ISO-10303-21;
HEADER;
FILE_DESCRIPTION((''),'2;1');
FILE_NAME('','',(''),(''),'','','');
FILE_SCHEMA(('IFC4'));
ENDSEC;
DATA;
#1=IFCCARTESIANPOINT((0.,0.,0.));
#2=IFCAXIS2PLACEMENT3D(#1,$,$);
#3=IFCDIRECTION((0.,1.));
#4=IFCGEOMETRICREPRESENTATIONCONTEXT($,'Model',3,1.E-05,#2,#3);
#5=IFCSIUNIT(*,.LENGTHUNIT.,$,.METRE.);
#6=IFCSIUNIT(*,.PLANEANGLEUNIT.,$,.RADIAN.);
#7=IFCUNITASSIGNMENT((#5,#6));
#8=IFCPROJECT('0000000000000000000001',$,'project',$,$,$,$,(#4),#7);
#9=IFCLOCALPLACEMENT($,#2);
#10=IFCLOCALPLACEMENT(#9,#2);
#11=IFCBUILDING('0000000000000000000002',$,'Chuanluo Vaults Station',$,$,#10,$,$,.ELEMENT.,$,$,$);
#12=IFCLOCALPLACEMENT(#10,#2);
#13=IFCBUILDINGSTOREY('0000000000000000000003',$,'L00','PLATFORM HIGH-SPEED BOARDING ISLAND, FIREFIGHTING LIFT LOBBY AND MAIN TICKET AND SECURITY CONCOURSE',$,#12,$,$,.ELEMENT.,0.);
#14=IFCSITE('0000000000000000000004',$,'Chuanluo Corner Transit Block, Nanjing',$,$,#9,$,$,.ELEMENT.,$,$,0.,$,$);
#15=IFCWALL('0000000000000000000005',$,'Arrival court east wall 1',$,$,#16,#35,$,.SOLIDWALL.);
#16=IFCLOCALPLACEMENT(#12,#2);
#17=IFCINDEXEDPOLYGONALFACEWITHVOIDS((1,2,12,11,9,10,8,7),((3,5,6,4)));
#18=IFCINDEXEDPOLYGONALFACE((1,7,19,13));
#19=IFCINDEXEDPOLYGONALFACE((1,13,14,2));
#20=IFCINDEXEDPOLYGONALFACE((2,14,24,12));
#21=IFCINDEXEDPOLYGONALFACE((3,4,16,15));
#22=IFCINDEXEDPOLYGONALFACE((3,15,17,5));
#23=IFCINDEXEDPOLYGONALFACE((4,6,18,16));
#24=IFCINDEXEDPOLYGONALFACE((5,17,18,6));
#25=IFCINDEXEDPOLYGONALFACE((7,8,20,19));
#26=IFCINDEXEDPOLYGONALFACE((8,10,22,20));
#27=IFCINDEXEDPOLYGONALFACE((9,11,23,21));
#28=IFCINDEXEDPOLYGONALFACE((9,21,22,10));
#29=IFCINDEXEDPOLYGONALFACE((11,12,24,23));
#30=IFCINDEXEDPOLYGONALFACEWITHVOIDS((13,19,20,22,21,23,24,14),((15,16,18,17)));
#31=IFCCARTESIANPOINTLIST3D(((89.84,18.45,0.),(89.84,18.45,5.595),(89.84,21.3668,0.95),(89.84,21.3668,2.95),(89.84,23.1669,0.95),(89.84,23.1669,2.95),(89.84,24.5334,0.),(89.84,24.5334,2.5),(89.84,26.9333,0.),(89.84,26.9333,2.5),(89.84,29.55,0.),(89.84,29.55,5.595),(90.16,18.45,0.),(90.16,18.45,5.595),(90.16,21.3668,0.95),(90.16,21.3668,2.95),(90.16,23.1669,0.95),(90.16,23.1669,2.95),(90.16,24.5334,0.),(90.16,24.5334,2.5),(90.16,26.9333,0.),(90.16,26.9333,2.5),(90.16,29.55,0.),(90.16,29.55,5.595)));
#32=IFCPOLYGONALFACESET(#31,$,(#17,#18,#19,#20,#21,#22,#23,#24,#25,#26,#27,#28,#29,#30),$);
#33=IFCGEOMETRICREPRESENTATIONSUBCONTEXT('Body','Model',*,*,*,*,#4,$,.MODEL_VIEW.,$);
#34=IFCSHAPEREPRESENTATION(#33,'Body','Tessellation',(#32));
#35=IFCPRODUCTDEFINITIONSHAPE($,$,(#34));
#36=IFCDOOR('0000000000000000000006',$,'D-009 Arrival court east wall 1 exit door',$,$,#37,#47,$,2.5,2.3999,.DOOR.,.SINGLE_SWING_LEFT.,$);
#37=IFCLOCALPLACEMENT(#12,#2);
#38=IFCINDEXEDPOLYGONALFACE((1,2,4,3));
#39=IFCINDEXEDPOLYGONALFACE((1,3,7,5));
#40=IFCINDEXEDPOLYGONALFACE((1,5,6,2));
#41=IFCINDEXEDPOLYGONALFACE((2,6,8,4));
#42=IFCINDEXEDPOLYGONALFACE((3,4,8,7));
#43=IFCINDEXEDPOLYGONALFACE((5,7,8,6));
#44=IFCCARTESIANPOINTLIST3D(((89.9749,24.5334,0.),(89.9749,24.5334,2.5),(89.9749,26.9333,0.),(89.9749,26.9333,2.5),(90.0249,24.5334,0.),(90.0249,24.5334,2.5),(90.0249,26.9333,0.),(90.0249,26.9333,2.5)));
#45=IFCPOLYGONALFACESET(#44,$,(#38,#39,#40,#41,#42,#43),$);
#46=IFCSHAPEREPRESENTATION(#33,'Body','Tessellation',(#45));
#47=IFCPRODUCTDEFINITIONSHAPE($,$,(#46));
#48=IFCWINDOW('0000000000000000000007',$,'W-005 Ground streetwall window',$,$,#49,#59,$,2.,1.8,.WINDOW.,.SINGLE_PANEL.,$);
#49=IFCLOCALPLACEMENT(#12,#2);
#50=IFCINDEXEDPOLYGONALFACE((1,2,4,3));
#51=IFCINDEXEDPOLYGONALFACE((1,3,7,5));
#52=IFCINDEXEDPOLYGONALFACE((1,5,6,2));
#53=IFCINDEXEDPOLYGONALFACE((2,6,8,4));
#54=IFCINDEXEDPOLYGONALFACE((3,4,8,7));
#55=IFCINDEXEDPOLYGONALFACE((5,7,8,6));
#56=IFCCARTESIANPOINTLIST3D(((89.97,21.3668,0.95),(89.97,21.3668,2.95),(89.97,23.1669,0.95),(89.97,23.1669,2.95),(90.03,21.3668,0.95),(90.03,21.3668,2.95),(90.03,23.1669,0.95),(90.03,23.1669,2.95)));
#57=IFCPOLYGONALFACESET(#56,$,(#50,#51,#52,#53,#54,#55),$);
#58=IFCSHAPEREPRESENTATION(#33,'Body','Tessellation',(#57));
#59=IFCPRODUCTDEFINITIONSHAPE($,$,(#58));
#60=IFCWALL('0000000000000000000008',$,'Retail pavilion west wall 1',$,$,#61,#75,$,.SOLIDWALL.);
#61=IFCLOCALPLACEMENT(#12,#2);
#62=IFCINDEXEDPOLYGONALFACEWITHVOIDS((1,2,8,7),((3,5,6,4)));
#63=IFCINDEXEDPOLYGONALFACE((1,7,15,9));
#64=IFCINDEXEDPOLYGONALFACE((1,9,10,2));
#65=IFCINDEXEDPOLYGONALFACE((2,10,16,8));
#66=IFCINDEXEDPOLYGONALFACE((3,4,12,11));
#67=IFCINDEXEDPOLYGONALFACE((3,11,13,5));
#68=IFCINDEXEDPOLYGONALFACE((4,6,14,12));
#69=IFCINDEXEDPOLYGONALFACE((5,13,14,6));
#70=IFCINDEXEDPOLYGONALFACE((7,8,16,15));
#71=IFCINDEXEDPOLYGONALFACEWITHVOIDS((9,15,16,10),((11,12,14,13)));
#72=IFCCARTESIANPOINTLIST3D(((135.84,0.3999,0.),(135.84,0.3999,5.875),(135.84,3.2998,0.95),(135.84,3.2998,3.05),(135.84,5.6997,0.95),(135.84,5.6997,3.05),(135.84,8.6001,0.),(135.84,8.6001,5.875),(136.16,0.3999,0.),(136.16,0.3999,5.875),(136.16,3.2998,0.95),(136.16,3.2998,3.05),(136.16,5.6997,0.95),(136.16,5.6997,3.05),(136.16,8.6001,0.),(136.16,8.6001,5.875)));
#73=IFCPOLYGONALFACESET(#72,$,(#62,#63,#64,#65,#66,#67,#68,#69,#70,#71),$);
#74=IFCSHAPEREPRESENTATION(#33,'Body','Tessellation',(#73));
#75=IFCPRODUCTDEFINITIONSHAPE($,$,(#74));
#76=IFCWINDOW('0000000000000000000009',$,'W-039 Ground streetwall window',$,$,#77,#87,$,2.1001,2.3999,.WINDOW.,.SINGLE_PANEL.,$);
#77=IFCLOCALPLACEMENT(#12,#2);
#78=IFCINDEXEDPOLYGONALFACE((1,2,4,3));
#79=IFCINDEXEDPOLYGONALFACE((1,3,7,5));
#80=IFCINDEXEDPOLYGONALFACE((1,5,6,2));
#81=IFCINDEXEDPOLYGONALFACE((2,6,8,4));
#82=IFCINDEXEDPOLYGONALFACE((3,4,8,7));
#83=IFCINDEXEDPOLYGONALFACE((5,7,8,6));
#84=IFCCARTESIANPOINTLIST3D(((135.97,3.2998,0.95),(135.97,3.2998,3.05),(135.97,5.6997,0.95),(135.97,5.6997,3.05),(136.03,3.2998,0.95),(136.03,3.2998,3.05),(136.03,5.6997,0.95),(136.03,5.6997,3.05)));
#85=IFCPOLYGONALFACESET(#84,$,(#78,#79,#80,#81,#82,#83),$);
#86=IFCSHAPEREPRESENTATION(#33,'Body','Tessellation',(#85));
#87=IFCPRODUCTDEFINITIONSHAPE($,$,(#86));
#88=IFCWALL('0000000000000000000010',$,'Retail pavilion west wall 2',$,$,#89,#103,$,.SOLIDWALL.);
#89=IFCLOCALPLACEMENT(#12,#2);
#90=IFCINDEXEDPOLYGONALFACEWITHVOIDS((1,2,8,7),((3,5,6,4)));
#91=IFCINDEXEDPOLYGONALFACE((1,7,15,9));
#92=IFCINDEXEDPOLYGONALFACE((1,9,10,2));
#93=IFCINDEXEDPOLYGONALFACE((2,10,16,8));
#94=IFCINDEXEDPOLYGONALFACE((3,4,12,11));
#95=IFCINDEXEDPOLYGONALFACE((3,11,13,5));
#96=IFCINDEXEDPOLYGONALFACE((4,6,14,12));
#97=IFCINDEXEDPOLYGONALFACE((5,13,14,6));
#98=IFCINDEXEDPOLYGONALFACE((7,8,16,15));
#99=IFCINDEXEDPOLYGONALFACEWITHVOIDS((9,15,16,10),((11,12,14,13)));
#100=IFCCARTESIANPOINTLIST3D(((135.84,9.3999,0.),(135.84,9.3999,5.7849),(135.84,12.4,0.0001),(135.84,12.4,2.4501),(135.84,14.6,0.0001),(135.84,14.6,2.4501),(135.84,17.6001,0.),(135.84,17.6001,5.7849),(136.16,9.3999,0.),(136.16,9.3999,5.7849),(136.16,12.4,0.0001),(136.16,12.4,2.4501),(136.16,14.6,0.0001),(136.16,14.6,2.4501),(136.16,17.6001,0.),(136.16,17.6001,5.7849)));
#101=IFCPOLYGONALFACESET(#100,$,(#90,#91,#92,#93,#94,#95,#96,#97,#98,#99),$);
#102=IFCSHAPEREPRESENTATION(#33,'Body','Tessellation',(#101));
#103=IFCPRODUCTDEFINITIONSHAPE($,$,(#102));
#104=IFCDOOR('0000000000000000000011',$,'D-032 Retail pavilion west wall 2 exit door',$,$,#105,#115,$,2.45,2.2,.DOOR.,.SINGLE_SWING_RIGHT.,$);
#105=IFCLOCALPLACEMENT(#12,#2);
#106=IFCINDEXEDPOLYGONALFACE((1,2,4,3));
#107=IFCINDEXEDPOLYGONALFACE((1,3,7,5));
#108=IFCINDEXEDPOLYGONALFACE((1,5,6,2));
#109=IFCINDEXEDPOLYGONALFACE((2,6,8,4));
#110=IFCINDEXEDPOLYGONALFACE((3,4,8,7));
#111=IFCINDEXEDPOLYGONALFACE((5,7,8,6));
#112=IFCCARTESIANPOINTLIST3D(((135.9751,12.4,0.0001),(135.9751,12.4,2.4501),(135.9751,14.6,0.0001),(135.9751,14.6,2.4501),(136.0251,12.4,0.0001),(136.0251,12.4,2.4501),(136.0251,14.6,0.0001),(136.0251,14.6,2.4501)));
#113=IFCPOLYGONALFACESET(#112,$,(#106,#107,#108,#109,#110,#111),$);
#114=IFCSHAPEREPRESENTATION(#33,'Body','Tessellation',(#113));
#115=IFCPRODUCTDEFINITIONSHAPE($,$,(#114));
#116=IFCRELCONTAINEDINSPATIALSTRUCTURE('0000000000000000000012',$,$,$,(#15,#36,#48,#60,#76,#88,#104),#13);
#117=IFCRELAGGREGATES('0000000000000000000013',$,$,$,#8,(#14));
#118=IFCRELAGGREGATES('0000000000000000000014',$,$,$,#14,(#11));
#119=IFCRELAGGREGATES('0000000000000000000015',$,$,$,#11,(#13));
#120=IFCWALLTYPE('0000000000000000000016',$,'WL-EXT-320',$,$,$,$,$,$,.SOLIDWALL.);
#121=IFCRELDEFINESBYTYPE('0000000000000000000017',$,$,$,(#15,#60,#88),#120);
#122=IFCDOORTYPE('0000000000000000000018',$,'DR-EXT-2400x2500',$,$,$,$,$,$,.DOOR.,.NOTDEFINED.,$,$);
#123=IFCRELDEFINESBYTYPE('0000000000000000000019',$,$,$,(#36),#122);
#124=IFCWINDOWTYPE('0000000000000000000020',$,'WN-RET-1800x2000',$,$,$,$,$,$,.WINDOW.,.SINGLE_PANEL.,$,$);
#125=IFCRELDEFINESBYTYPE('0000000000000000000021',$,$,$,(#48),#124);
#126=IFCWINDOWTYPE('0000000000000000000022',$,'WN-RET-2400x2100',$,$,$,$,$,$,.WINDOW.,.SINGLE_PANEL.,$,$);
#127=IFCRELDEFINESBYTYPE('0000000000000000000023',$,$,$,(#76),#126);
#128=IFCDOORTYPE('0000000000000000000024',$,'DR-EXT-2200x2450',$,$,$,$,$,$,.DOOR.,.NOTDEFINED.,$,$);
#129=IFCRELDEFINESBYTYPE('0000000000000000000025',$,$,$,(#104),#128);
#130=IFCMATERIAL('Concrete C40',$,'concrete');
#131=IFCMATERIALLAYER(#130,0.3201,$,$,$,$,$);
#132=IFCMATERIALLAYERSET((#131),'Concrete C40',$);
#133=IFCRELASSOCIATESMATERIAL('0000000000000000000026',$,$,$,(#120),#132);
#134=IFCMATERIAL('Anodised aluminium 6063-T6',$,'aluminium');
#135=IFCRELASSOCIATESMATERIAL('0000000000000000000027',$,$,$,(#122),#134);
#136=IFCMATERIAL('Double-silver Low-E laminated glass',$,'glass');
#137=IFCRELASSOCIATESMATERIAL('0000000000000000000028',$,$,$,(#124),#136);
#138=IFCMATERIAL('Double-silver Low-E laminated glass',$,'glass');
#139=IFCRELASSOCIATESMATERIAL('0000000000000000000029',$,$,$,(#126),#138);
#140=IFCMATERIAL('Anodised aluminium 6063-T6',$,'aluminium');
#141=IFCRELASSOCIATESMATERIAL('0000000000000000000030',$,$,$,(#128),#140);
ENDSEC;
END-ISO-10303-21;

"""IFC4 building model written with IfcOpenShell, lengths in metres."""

from ifc_helpers import new_model, si_unit, direction, frame, frame_2d, origin, place, context, subcontext, project, spatial, rectangle, extrude, material, layer, layer_set, type_object, element, fill, save


model = new_model("IFC4")

# Units and contexts
model_context = context("Model", 3, precision=1e-05, world=origin(), true_north=direction((0.0, 1.0)))
body_context = subcontext(model_context, "Body", "Model", "MODEL_VIEW")
ifc_project = project(units=[si_unit("LENGTHUNIT", "METRE"), si_unit("PLANEANGLEUNIT", "RADIAN")], contexts=[model_context])

# Site, building, storey
site_placement = place(None, origin())
site = spatial("IfcSite", under=ifc_project, at=site_placement, Name="Chuanluo Corner Transit Block, Nanjing", CompositionType="ELEMENT", RefElevation=0.0)
building_placement = place(site_placement, origin())
building = spatial("IfcBuilding", under=site, at=building_placement, Name="Chuanluo Vaults Station", CompositionType="ELEMENT")
storey_placement = place(building_placement, origin())
storey = spatial("IfcBuildingStorey", under=building, at=storey_placement, Name="L00", Description="PLATFORM HIGH-SPEED BOARDING ISLAND, FIREFIGHTING LIFT LOBBY AND MAIN TICKET AND SECURITY CONCOURSE", CompositionType="ELEMENT", Elevation=0.0)

# Wall, openings, door, window
ifc_material_1 = material(Name="Concrete C40", Category="concrete")
ifc_layer = layer(ifc_material_1, 0.3201)
ifc_layer_set = layer_set([ifc_layer], Name="Concrete C40")
wall_type = type_object("IfcWallType", Name="WL-EXT-320", PredefinedType="SOLIDWALL", material=ifc_layer_set)
wall_1_placement = place(storey_placement, frame((90.0, 29.55, 0.0), z_axis=(0.0, 0.0, 1.0), x_axis=(0.0, -1.0, 0.0)))
wall_1 = element("IfcWall", 1, at=wall_1_placement, inside=storey, type_object=wall_type, Name="Arrival court east wall 1", PredefinedType="SOLIDWALL", context=body_context, shape_type="SweptSolid", body=[
    extrude(rectangle(XDim=11.1001, YDim=0.3201, at=frame_2d((5.55, 0.0))), origin(), (0.0, 0.0, 1.0), 5.595),
])
opening_1_placement = place(wall_1_placement, frame((2.6167, 0.0, 0.0)))
opening_1 = element("IfcOpeningElement", 2, at=opening_1_placement, cuts=wall_1, PredefinedType="OPENING", context=body_context, shape_type="SweptSolid", body=[
    extrude(rectangle(XDim=2.3999, YDim=2.5, at=frame_2d((1.2, 1.25))), frame((0.0, 0.1702, 0.0), z_axis=(0.0, -1.0, 0.0), x_axis=(1.0, 0.0, 0.0)), (0.0, 0.0, 1.0), 0.3401),
])
opening_2_placement = place(wall_1_placement, frame((6.3833, 0.0, 0.95)))
opening_2 = element("IfcOpeningElement", 3, at=opening_2_placement, cuts=wall_1, PredefinedType="OPENING", context=body_context, shape_type="SweptSolid", body=[
    extrude(rectangle(XDim=1.8, YDim=2.0, at=frame_2d((0.8999, 1.0))), frame((0.0, 0.1702, 0.0), z_axis=(0.0, -1.0, 0.0), x_axis=(1.0, 0.0, 0.0)), (0.0, 0.0, 1.0), 0.3401),
])
ifc_material_2 = material(Name="Anodised aluminium 6063-T6", Category="aluminium")
door_type_1 = type_object("IfcDoorType", Name="DR-EXT-2400x2500", OperationType="NOTDEFINED", PredefinedType="DOOR", material=ifc_material_2)
door_1_placement = place(opening_1_placement, origin())
door_1 = element("IfcDoor", 4, at=door_1_placement, inside=storey, type_object=door_type_1, Name="D-009 Arrival court east wall 1 exit door", OperationType="SINGLE_SWING_LEFT", OverallHeight=2.5, OverallWidth=2.3999, PredefinedType="DOOR", context=body_context, shape_type="SweptSolid", body=[
    extrude(rectangle(XDim=2.3999, YDim=2.5, at=frame_2d((1.2, 1.25))), frame((0.0, 0.0249, 0.0), z_axis=(0.0, -1.0, 0.0), x_axis=(1.0, 0.0, 0.0)), (0.0, 0.0, 1.0), 0.05),
])
fill(opening_1, door_1)
ifc_material_3 = material(Name="Double-silver Low-E laminated glass", Category="glass")
window_type_1 = type_object("IfcWindowType", Name="WN-RET-1800x2000", PartitioningType="SINGLE_PANEL", PredefinedType="WINDOW", material=ifc_material_3)
window_1_placement = place(opening_2_placement, origin())
window_1 = element("IfcWindow", 5, at=window_1_placement, inside=storey, type_object=window_type_1, Name="W-005 Ground streetwall window", OverallHeight=2.0, OverallWidth=1.8, PartitioningType="SINGLE_PANEL", PredefinedType="WINDOW", context=body_context, shape_type="SweptSolid", body=[
    extrude(rectangle(XDim=1.8, YDim=2.0, at=frame_2d((0.8999, 1.0))), frame((0.0, 0.03, 0.0), z_axis=(0.0, -1.0, 0.0), x_axis=(1.0, 0.0, 0.0)), (0.0, 0.0, 1.0), 0.0601),
])
fill(opening_2, window_1)

# Wall, opening, window
wall_2_placement = place(storey_placement, frame((136.0, 0.3999, 0.0), z_axis=(0.0, 0.0, 1.0), x_axis=(0.0, 1.0, 0.0)))
wall_2 = element("IfcWall", 6, at=wall_2_placement, inside=storey, type_object=wall_type, Name="Retail pavilion west wall 1", PredefinedType="SOLIDWALL", context=body_context, shape_type="SweptSolid", body=[
    extrude(rectangle(XDim=8.2002, YDim=0.3201, at=frame_2d((4.1001, 0.0))), origin(), (0.0, 0.0, 1.0), 5.875),
])
opening_3_placement = place(wall_2_placement, frame((2.8999, 0.0, 0.95)))
opening_3 = element("IfcOpeningElement", 7, at=opening_3_placement, cuts=wall_2, PredefinedType="OPENING", context=body_context, shape_type="SweptSolid", body=[
    extrude(rectangle(XDim=2.3999, YDim=2.1001, at=frame_2d((1.2, 1.05))), frame((0.0, 0.1702, 0.0), z_axis=(0.0, -1.0, 0.0), x_axis=(1.0, 0.0, 0.0)), (0.0, 0.0, 1.0), 0.3401),
])
ifc_material_4 = material(Name="Double-silver Low-E laminated glass", Category="glass")
window_type_2 = type_object("IfcWindowType", Name="WN-RET-2400x2100", PartitioningType="SINGLE_PANEL", PredefinedType="WINDOW", material=ifc_material_4)
window_2_placement = place(opening_3_placement, origin())
window_2 = element("IfcWindow", 8, at=window_2_placement, inside=storey, type_object=window_type_2, Name="W-039 Ground streetwall window", OverallHeight=2.1001, OverallWidth=2.3999, PartitioningType="SINGLE_PANEL", PredefinedType="WINDOW", context=body_context, shape_type="SweptSolid", body=[
    extrude(rectangle(XDim=2.3999, YDim=2.1001, at=frame_2d((1.2, 1.05))), frame((0.0, 0.03, 0.0), z_axis=(0.0, -1.0, 0.0), x_axis=(1.0, 0.0, 0.0)), (0.0, 0.0, 1.0), 0.0601),
])
fill(opening_3, window_2)

# Wall, opening, door
wall_3_placement = place(storey_placement, frame((136.0, 9.3999, 0.0), z_axis=(0.0, 0.0, 1.0), x_axis=(0.0, 1.0, 0.0)))
wall_3 = element("IfcWall", 9, at=wall_3_placement, inside=storey, type_object=wall_type, Name="Retail pavilion west wall 2", PredefinedType="SOLIDWALL", context=body_context, shape_type="SweptSolid", body=[
    extrude(rectangle(XDim=8.2002, YDim=0.3201, at=frame_2d((4.1001, 0.0))), origin(), (0.0, 0.0, 1.0), 5.7849),
])
opening_4_placement = place(wall_3_placement, frame((3.0, 0.0, 0.0)))
opening_4 = element("IfcOpeningElement", 10, at=opening_4_placement, cuts=wall_3, PredefinedType="OPENING", context=body_context, shape_type="SweptSolid", body=[
    extrude(rectangle(XDim=2.2, YDim=2.45, at=frame_2d((1.1001, 1.2251))), frame((0.0, 0.1702, 0.0), z_axis=(0.0, -1.0, 0.0), x_axis=(1.0, 0.0, 0.0)), (0.0, 0.0, 1.0), 0.3401),
])
ifc_material_5 = material(Name="Anodised aluminium 6063-T6", Category="aluminium")
door_type_2 = type_object("IfcDoorType", Name="DR-EXT-2200x2450", OperationType="NOTDEFINED", PredefinedType="DOOR", material=ifc_material_5)
door_2_placement = place(opening_4_placement, origin())
door_2 = element("IfcDoor", 11, at=door_2_placement, inside=storey, type_object=door_type_2, Name="D-032 Retail pavilion west wall 2 exit door", OperationType="SINGLE_SWING_RIGHT", OverallHeight=2.45, OverallWidth=2.2, PredefinedType="DOOR", context=body_context, shape_type="SweptSolid", body=[
    extrude(rectangle(XDim=2.2, YDim=2.45, at=frame_2d((1.1001, 1.2251))), frame((0.0, 0.0249, 0.0), z_axis=(0.0, -1.0, 0.0), x_axis=(1.0, 0.0, 0.0)), (0.0, 0.0, 1.0), 0.05),
])
fill(opening_4, door_2)

save(model, "model.ifc")
